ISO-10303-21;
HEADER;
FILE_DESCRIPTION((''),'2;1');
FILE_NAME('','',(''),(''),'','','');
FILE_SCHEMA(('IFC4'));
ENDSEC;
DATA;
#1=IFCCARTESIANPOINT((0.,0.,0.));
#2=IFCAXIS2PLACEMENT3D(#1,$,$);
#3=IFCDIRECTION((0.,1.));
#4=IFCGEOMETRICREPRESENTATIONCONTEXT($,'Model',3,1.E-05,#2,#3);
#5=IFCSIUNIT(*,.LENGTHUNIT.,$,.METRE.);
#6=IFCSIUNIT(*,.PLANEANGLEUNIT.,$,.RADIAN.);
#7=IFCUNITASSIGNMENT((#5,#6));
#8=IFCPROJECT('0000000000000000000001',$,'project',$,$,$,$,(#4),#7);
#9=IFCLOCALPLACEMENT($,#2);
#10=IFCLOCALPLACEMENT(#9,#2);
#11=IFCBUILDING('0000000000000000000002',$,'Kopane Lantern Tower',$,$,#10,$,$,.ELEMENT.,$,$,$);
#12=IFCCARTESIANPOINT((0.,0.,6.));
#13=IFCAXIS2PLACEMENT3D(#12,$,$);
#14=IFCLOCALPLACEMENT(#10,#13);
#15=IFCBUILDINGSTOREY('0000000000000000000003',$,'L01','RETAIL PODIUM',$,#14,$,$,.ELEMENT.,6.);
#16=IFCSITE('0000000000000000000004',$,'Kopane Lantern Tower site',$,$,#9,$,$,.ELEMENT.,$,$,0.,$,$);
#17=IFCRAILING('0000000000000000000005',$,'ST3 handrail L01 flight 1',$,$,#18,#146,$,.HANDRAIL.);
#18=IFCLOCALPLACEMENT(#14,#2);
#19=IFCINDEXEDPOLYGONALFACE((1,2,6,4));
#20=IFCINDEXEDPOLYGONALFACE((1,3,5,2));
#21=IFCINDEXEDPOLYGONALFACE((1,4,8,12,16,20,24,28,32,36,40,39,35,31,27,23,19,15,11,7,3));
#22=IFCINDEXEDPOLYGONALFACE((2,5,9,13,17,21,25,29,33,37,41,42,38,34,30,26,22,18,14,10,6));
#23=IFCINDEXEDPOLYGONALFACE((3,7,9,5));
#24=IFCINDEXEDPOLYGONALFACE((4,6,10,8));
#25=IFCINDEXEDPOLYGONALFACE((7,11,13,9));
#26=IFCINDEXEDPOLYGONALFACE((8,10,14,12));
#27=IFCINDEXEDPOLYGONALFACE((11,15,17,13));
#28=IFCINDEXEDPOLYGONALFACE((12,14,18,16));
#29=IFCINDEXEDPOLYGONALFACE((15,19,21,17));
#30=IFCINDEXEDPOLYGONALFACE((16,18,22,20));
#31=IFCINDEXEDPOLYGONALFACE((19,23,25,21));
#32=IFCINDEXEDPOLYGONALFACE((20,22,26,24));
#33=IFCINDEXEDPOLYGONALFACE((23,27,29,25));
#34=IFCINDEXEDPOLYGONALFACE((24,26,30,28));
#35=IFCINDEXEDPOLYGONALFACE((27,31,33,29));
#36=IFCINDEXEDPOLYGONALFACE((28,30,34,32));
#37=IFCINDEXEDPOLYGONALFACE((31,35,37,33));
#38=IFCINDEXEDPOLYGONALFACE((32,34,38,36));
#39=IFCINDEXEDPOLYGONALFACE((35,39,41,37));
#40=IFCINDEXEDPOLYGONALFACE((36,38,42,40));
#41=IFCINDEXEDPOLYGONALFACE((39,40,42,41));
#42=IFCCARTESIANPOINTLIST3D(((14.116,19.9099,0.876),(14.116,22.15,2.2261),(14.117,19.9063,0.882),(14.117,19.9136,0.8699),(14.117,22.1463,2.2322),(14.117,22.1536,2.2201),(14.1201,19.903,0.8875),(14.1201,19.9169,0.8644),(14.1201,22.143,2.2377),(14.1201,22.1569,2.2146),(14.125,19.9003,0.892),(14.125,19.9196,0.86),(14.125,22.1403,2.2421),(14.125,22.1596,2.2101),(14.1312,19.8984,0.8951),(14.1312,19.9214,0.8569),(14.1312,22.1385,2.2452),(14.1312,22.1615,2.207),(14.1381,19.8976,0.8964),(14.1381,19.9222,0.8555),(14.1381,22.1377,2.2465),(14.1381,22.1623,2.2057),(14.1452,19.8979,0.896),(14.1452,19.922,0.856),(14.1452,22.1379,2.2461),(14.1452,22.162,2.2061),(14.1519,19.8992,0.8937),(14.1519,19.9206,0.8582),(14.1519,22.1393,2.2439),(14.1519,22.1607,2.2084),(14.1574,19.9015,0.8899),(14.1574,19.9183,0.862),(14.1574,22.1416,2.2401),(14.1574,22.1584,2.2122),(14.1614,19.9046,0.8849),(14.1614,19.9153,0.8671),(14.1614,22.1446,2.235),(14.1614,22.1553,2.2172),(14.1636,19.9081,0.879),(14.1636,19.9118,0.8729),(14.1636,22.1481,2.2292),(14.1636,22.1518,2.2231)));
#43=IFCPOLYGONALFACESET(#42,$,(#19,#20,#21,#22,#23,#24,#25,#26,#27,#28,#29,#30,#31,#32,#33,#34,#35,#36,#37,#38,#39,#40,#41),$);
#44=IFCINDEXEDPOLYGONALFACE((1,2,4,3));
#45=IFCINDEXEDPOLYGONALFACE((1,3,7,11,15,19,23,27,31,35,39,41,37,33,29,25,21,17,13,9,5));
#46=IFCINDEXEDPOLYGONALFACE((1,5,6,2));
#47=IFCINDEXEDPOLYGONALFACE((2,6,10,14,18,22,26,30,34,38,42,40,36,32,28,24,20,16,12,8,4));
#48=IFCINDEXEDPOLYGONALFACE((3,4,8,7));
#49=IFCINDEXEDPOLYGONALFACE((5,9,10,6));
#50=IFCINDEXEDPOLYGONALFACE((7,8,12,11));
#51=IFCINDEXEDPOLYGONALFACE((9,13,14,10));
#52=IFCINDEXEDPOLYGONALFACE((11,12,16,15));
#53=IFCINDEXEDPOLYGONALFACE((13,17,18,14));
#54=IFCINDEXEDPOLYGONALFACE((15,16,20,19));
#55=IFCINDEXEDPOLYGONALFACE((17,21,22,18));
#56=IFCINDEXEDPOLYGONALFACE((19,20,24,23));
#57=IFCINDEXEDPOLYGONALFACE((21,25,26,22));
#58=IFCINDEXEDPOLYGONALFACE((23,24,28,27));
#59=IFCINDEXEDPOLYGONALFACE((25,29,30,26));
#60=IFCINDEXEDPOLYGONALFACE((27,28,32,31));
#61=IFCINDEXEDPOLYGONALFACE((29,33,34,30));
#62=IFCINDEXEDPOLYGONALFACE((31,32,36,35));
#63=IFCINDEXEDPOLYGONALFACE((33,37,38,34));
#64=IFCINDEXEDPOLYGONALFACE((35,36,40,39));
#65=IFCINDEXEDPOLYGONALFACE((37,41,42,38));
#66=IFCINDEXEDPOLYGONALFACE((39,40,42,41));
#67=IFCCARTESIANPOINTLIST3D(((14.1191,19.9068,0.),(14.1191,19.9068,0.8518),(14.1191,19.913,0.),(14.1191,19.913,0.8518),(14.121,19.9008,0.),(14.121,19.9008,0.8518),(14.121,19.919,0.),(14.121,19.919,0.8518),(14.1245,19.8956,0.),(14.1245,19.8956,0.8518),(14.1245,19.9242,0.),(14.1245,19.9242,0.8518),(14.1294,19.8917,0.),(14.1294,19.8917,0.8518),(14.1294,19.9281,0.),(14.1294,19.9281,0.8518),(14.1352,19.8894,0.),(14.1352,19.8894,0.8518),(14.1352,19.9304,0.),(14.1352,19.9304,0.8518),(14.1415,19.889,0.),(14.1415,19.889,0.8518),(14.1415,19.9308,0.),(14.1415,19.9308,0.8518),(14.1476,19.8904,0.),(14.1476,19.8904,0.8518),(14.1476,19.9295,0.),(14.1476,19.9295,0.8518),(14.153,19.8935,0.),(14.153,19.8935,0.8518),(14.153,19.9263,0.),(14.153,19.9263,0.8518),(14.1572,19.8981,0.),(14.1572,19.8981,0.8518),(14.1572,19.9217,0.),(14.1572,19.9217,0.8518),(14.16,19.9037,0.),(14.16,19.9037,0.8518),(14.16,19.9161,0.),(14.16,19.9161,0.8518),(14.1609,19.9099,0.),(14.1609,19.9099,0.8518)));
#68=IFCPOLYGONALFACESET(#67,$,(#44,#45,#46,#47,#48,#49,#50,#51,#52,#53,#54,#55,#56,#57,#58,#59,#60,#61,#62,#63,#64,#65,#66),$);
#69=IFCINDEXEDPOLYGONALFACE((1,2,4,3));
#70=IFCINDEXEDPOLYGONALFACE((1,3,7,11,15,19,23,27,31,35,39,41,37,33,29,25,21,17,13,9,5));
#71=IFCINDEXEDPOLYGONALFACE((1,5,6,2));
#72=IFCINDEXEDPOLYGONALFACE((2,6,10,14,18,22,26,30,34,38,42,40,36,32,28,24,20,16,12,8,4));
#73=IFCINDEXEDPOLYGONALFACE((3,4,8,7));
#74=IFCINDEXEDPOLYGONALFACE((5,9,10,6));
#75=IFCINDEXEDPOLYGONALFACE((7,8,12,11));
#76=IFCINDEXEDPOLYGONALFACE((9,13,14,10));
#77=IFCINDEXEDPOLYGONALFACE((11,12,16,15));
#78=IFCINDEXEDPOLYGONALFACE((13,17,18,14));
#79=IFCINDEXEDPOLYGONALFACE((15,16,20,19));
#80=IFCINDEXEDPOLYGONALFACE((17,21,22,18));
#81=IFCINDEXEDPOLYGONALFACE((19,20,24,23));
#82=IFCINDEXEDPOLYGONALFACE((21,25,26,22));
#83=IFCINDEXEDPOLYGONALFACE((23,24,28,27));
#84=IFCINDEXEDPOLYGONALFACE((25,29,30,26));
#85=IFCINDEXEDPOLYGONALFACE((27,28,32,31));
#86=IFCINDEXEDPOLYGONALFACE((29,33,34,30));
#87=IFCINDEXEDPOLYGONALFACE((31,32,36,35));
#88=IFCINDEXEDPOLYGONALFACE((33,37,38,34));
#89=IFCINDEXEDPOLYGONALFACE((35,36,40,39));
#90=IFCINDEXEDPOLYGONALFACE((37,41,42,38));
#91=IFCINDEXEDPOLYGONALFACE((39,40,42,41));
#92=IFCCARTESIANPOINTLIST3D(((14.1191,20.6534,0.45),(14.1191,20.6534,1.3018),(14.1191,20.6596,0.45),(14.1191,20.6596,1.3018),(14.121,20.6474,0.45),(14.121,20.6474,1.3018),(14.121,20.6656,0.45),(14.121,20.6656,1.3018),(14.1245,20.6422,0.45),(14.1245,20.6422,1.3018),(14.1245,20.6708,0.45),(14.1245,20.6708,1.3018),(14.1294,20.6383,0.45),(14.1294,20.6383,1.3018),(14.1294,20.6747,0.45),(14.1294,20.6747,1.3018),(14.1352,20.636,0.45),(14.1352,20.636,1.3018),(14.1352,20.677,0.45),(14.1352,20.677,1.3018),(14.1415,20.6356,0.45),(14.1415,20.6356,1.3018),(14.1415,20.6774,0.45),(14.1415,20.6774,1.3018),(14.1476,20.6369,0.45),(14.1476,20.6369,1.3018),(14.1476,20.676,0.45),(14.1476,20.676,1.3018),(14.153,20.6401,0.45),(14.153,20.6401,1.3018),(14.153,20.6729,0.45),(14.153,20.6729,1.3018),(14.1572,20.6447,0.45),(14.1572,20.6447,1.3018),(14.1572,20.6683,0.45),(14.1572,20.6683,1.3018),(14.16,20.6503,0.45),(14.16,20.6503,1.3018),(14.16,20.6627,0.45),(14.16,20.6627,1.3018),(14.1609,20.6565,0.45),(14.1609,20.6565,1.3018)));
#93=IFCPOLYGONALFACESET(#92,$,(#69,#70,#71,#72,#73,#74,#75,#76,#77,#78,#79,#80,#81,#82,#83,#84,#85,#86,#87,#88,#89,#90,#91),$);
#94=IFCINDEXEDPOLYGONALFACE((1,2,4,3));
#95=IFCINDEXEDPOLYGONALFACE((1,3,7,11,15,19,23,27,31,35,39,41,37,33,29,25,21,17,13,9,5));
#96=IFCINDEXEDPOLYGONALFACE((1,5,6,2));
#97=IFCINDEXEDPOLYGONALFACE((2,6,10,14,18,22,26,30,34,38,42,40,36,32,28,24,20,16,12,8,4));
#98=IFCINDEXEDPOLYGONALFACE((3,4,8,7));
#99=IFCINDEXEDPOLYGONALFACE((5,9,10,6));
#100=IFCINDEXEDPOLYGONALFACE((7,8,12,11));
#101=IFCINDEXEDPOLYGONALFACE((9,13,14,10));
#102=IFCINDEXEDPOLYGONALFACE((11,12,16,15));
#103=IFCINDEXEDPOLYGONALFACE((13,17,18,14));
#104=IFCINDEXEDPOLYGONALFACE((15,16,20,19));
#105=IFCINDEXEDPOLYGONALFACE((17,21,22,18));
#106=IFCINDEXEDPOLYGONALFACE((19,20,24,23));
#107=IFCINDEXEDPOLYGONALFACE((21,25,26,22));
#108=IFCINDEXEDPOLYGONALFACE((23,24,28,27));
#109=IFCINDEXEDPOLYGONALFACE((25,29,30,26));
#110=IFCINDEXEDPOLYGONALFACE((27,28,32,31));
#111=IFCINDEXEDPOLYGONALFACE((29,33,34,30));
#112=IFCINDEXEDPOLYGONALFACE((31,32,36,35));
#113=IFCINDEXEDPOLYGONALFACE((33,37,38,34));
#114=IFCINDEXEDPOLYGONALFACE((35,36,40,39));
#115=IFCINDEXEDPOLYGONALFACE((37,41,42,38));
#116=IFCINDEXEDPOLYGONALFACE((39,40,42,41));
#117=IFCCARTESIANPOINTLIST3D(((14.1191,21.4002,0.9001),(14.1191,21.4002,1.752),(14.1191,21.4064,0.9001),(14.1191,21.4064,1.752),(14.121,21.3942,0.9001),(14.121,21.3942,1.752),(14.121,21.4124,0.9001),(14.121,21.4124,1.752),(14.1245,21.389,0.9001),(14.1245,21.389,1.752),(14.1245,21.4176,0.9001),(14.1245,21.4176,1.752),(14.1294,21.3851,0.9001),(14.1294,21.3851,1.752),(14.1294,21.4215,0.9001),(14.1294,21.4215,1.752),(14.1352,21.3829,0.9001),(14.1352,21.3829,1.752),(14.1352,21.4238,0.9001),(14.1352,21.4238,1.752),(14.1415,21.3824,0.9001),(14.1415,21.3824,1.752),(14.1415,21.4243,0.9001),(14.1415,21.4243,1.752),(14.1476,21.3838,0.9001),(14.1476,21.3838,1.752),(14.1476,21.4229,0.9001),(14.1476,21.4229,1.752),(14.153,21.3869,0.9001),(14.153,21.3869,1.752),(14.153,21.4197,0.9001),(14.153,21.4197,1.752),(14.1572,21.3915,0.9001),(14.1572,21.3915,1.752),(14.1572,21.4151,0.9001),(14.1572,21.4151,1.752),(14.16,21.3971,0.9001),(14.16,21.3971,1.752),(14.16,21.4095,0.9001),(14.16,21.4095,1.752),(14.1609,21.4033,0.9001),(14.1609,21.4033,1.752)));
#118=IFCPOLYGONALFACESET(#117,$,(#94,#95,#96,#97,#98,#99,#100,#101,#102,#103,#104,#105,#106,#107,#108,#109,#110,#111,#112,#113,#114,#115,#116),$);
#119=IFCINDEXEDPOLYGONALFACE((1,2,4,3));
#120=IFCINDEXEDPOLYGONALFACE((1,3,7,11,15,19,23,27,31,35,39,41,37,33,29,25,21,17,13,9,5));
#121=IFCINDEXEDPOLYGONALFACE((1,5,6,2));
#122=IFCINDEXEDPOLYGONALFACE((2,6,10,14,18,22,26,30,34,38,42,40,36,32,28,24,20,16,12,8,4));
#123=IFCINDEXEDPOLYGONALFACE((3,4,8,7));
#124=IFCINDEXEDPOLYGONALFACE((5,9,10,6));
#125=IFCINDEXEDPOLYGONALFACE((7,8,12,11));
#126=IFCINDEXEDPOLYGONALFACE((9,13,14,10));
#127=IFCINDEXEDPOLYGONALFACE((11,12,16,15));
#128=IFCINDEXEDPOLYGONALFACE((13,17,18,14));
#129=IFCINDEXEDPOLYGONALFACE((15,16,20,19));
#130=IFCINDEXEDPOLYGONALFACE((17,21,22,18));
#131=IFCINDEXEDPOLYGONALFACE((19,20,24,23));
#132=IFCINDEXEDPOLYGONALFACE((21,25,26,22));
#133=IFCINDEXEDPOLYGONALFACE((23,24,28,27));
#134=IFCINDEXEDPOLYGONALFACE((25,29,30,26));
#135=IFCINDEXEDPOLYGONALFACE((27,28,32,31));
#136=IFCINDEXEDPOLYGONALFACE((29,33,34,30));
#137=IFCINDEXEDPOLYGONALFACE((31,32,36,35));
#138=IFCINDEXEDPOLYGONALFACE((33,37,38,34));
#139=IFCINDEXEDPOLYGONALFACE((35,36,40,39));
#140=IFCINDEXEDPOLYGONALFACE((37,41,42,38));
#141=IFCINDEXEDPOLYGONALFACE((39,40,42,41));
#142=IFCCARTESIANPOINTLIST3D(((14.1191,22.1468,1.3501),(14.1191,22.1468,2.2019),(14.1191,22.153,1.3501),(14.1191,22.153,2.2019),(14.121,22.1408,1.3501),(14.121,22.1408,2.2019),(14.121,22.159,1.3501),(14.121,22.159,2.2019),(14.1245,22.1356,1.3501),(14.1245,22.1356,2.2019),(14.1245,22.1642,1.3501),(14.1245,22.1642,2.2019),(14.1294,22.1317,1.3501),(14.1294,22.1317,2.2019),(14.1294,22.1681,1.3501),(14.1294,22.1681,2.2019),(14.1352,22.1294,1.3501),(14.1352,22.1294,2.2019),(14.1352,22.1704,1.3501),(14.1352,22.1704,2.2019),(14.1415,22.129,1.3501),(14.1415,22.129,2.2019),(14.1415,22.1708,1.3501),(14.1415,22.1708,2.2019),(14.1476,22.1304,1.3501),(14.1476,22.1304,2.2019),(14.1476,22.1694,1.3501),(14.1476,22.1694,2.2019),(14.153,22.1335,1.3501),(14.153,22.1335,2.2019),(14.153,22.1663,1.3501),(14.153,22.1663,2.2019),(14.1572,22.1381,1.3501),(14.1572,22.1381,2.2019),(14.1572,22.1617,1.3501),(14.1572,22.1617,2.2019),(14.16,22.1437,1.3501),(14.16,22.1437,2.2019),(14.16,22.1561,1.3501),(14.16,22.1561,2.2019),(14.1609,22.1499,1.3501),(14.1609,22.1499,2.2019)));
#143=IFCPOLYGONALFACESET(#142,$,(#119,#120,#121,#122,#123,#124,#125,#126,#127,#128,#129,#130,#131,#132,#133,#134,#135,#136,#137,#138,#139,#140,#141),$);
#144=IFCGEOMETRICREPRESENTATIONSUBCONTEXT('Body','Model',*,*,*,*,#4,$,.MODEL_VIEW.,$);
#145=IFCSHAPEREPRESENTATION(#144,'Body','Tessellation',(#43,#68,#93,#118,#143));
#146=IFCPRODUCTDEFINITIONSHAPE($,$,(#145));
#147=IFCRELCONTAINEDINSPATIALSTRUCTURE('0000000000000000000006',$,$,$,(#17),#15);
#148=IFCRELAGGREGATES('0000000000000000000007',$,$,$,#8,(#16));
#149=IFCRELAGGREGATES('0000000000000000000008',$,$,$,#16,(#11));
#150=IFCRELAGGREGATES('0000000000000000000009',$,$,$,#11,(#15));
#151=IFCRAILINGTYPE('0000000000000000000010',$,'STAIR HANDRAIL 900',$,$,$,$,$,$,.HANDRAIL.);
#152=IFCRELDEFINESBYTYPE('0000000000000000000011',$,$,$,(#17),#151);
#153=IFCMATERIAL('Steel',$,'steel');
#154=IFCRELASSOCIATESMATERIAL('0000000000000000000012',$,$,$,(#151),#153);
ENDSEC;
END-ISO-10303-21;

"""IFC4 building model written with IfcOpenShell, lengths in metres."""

from ifc_helpers import new_model, si_unit, direction, frame, origin, origin_2d, place, context, subcontext, project, spatial, circle, extrude, material, type_object, element, save


model = new_model("IFC4")

# Units and contexts
model_context = context("Model", 3, precision=1e-05, world=origin(), true_north=direction((0.0, 1.0)))
body_context = subcontext(model_context, "Body", "Model", "MODEL_VIEW")
ifc_project = project(units=[si_unit("LENGTHUNIT", "METRE"), si_unit("PLANEANGLEUNIT", "RADIAN")], contexts=[model_context])

# Site, building, storey
site_placement = place(None, origin())
site = spatial("IfcSite", under=ifc_project, at=site_placement, Name="Kopane Lantern Tower site", CompositionType="ELEMENT", RefElevation=0.0)
building_placement = place(site_placement, origin())
building = spatial("IfcBuilding", under=site, at=building_placement, Name="Kopane Lantern Tower", CompositionType="ELEMENT")
storey_placement = place(building_placement, frame((0.0, 0.0, 6.0)))
storey = spatial("IfcBuildingStorey", under=building, at=storey_placement, Name="L01", Description="RETAIL PODIUM", CompositionType="ELEMENT", Elevation=6.0)

# Railing
ifc_material_1 = material(Name="Steel", Category="steel")
railing_type_1 = type_object("IfcRailingType", Name="STAIR HANDRAIL 900", PredefinedType="HANDRAIL", material=ifc_material_1)
for number, where, name in (
    (1, (14.1399, 19.9099, 0.0), "ST3 handrail L01 flight 1"),
):
    element("IfcRailing", number, at=place(storey_placement, frame(where)), inside=storey, type_object=railing_type_1, Name=name, PredefinedType="HANDRAIL", context=body_context, shape_type="SweptSolid", body=[
        extrude(circle(Radius=0.0239, at=origin_2d()), frame((0.0, 0.0, 0.876), z_axis=(0.0, 0.856462, 0.516211), x_axis=(-1.0, 0.0, 0.0)), (0.0, 0.0, 1.0), 2.6155),
        extrude(circle(Radius=0.021, at=origin_2d()), origin(), (0.0, 0.0, 1.0), 0.8518),
        extrude(circle(Radius=0.021, at=origin_2d()), frame((0.0, 0.7466, 0.45)), (0.0, 0.0, 1.0), 0.8518),
        extrude(circle(Radius=0.021, at=origin_2d()), frame((0.0, 1.4934, 0.9001)), (0.0, 0.0, 1.0), 0.8518),
        extrude(circle(Radius=0.021, at=origin_2d()), frame((0.0, 2.24, 1.3501)), (0.0, 0.0, 1.0), 0.8518),
    ])

save(model, "model.ifc")
